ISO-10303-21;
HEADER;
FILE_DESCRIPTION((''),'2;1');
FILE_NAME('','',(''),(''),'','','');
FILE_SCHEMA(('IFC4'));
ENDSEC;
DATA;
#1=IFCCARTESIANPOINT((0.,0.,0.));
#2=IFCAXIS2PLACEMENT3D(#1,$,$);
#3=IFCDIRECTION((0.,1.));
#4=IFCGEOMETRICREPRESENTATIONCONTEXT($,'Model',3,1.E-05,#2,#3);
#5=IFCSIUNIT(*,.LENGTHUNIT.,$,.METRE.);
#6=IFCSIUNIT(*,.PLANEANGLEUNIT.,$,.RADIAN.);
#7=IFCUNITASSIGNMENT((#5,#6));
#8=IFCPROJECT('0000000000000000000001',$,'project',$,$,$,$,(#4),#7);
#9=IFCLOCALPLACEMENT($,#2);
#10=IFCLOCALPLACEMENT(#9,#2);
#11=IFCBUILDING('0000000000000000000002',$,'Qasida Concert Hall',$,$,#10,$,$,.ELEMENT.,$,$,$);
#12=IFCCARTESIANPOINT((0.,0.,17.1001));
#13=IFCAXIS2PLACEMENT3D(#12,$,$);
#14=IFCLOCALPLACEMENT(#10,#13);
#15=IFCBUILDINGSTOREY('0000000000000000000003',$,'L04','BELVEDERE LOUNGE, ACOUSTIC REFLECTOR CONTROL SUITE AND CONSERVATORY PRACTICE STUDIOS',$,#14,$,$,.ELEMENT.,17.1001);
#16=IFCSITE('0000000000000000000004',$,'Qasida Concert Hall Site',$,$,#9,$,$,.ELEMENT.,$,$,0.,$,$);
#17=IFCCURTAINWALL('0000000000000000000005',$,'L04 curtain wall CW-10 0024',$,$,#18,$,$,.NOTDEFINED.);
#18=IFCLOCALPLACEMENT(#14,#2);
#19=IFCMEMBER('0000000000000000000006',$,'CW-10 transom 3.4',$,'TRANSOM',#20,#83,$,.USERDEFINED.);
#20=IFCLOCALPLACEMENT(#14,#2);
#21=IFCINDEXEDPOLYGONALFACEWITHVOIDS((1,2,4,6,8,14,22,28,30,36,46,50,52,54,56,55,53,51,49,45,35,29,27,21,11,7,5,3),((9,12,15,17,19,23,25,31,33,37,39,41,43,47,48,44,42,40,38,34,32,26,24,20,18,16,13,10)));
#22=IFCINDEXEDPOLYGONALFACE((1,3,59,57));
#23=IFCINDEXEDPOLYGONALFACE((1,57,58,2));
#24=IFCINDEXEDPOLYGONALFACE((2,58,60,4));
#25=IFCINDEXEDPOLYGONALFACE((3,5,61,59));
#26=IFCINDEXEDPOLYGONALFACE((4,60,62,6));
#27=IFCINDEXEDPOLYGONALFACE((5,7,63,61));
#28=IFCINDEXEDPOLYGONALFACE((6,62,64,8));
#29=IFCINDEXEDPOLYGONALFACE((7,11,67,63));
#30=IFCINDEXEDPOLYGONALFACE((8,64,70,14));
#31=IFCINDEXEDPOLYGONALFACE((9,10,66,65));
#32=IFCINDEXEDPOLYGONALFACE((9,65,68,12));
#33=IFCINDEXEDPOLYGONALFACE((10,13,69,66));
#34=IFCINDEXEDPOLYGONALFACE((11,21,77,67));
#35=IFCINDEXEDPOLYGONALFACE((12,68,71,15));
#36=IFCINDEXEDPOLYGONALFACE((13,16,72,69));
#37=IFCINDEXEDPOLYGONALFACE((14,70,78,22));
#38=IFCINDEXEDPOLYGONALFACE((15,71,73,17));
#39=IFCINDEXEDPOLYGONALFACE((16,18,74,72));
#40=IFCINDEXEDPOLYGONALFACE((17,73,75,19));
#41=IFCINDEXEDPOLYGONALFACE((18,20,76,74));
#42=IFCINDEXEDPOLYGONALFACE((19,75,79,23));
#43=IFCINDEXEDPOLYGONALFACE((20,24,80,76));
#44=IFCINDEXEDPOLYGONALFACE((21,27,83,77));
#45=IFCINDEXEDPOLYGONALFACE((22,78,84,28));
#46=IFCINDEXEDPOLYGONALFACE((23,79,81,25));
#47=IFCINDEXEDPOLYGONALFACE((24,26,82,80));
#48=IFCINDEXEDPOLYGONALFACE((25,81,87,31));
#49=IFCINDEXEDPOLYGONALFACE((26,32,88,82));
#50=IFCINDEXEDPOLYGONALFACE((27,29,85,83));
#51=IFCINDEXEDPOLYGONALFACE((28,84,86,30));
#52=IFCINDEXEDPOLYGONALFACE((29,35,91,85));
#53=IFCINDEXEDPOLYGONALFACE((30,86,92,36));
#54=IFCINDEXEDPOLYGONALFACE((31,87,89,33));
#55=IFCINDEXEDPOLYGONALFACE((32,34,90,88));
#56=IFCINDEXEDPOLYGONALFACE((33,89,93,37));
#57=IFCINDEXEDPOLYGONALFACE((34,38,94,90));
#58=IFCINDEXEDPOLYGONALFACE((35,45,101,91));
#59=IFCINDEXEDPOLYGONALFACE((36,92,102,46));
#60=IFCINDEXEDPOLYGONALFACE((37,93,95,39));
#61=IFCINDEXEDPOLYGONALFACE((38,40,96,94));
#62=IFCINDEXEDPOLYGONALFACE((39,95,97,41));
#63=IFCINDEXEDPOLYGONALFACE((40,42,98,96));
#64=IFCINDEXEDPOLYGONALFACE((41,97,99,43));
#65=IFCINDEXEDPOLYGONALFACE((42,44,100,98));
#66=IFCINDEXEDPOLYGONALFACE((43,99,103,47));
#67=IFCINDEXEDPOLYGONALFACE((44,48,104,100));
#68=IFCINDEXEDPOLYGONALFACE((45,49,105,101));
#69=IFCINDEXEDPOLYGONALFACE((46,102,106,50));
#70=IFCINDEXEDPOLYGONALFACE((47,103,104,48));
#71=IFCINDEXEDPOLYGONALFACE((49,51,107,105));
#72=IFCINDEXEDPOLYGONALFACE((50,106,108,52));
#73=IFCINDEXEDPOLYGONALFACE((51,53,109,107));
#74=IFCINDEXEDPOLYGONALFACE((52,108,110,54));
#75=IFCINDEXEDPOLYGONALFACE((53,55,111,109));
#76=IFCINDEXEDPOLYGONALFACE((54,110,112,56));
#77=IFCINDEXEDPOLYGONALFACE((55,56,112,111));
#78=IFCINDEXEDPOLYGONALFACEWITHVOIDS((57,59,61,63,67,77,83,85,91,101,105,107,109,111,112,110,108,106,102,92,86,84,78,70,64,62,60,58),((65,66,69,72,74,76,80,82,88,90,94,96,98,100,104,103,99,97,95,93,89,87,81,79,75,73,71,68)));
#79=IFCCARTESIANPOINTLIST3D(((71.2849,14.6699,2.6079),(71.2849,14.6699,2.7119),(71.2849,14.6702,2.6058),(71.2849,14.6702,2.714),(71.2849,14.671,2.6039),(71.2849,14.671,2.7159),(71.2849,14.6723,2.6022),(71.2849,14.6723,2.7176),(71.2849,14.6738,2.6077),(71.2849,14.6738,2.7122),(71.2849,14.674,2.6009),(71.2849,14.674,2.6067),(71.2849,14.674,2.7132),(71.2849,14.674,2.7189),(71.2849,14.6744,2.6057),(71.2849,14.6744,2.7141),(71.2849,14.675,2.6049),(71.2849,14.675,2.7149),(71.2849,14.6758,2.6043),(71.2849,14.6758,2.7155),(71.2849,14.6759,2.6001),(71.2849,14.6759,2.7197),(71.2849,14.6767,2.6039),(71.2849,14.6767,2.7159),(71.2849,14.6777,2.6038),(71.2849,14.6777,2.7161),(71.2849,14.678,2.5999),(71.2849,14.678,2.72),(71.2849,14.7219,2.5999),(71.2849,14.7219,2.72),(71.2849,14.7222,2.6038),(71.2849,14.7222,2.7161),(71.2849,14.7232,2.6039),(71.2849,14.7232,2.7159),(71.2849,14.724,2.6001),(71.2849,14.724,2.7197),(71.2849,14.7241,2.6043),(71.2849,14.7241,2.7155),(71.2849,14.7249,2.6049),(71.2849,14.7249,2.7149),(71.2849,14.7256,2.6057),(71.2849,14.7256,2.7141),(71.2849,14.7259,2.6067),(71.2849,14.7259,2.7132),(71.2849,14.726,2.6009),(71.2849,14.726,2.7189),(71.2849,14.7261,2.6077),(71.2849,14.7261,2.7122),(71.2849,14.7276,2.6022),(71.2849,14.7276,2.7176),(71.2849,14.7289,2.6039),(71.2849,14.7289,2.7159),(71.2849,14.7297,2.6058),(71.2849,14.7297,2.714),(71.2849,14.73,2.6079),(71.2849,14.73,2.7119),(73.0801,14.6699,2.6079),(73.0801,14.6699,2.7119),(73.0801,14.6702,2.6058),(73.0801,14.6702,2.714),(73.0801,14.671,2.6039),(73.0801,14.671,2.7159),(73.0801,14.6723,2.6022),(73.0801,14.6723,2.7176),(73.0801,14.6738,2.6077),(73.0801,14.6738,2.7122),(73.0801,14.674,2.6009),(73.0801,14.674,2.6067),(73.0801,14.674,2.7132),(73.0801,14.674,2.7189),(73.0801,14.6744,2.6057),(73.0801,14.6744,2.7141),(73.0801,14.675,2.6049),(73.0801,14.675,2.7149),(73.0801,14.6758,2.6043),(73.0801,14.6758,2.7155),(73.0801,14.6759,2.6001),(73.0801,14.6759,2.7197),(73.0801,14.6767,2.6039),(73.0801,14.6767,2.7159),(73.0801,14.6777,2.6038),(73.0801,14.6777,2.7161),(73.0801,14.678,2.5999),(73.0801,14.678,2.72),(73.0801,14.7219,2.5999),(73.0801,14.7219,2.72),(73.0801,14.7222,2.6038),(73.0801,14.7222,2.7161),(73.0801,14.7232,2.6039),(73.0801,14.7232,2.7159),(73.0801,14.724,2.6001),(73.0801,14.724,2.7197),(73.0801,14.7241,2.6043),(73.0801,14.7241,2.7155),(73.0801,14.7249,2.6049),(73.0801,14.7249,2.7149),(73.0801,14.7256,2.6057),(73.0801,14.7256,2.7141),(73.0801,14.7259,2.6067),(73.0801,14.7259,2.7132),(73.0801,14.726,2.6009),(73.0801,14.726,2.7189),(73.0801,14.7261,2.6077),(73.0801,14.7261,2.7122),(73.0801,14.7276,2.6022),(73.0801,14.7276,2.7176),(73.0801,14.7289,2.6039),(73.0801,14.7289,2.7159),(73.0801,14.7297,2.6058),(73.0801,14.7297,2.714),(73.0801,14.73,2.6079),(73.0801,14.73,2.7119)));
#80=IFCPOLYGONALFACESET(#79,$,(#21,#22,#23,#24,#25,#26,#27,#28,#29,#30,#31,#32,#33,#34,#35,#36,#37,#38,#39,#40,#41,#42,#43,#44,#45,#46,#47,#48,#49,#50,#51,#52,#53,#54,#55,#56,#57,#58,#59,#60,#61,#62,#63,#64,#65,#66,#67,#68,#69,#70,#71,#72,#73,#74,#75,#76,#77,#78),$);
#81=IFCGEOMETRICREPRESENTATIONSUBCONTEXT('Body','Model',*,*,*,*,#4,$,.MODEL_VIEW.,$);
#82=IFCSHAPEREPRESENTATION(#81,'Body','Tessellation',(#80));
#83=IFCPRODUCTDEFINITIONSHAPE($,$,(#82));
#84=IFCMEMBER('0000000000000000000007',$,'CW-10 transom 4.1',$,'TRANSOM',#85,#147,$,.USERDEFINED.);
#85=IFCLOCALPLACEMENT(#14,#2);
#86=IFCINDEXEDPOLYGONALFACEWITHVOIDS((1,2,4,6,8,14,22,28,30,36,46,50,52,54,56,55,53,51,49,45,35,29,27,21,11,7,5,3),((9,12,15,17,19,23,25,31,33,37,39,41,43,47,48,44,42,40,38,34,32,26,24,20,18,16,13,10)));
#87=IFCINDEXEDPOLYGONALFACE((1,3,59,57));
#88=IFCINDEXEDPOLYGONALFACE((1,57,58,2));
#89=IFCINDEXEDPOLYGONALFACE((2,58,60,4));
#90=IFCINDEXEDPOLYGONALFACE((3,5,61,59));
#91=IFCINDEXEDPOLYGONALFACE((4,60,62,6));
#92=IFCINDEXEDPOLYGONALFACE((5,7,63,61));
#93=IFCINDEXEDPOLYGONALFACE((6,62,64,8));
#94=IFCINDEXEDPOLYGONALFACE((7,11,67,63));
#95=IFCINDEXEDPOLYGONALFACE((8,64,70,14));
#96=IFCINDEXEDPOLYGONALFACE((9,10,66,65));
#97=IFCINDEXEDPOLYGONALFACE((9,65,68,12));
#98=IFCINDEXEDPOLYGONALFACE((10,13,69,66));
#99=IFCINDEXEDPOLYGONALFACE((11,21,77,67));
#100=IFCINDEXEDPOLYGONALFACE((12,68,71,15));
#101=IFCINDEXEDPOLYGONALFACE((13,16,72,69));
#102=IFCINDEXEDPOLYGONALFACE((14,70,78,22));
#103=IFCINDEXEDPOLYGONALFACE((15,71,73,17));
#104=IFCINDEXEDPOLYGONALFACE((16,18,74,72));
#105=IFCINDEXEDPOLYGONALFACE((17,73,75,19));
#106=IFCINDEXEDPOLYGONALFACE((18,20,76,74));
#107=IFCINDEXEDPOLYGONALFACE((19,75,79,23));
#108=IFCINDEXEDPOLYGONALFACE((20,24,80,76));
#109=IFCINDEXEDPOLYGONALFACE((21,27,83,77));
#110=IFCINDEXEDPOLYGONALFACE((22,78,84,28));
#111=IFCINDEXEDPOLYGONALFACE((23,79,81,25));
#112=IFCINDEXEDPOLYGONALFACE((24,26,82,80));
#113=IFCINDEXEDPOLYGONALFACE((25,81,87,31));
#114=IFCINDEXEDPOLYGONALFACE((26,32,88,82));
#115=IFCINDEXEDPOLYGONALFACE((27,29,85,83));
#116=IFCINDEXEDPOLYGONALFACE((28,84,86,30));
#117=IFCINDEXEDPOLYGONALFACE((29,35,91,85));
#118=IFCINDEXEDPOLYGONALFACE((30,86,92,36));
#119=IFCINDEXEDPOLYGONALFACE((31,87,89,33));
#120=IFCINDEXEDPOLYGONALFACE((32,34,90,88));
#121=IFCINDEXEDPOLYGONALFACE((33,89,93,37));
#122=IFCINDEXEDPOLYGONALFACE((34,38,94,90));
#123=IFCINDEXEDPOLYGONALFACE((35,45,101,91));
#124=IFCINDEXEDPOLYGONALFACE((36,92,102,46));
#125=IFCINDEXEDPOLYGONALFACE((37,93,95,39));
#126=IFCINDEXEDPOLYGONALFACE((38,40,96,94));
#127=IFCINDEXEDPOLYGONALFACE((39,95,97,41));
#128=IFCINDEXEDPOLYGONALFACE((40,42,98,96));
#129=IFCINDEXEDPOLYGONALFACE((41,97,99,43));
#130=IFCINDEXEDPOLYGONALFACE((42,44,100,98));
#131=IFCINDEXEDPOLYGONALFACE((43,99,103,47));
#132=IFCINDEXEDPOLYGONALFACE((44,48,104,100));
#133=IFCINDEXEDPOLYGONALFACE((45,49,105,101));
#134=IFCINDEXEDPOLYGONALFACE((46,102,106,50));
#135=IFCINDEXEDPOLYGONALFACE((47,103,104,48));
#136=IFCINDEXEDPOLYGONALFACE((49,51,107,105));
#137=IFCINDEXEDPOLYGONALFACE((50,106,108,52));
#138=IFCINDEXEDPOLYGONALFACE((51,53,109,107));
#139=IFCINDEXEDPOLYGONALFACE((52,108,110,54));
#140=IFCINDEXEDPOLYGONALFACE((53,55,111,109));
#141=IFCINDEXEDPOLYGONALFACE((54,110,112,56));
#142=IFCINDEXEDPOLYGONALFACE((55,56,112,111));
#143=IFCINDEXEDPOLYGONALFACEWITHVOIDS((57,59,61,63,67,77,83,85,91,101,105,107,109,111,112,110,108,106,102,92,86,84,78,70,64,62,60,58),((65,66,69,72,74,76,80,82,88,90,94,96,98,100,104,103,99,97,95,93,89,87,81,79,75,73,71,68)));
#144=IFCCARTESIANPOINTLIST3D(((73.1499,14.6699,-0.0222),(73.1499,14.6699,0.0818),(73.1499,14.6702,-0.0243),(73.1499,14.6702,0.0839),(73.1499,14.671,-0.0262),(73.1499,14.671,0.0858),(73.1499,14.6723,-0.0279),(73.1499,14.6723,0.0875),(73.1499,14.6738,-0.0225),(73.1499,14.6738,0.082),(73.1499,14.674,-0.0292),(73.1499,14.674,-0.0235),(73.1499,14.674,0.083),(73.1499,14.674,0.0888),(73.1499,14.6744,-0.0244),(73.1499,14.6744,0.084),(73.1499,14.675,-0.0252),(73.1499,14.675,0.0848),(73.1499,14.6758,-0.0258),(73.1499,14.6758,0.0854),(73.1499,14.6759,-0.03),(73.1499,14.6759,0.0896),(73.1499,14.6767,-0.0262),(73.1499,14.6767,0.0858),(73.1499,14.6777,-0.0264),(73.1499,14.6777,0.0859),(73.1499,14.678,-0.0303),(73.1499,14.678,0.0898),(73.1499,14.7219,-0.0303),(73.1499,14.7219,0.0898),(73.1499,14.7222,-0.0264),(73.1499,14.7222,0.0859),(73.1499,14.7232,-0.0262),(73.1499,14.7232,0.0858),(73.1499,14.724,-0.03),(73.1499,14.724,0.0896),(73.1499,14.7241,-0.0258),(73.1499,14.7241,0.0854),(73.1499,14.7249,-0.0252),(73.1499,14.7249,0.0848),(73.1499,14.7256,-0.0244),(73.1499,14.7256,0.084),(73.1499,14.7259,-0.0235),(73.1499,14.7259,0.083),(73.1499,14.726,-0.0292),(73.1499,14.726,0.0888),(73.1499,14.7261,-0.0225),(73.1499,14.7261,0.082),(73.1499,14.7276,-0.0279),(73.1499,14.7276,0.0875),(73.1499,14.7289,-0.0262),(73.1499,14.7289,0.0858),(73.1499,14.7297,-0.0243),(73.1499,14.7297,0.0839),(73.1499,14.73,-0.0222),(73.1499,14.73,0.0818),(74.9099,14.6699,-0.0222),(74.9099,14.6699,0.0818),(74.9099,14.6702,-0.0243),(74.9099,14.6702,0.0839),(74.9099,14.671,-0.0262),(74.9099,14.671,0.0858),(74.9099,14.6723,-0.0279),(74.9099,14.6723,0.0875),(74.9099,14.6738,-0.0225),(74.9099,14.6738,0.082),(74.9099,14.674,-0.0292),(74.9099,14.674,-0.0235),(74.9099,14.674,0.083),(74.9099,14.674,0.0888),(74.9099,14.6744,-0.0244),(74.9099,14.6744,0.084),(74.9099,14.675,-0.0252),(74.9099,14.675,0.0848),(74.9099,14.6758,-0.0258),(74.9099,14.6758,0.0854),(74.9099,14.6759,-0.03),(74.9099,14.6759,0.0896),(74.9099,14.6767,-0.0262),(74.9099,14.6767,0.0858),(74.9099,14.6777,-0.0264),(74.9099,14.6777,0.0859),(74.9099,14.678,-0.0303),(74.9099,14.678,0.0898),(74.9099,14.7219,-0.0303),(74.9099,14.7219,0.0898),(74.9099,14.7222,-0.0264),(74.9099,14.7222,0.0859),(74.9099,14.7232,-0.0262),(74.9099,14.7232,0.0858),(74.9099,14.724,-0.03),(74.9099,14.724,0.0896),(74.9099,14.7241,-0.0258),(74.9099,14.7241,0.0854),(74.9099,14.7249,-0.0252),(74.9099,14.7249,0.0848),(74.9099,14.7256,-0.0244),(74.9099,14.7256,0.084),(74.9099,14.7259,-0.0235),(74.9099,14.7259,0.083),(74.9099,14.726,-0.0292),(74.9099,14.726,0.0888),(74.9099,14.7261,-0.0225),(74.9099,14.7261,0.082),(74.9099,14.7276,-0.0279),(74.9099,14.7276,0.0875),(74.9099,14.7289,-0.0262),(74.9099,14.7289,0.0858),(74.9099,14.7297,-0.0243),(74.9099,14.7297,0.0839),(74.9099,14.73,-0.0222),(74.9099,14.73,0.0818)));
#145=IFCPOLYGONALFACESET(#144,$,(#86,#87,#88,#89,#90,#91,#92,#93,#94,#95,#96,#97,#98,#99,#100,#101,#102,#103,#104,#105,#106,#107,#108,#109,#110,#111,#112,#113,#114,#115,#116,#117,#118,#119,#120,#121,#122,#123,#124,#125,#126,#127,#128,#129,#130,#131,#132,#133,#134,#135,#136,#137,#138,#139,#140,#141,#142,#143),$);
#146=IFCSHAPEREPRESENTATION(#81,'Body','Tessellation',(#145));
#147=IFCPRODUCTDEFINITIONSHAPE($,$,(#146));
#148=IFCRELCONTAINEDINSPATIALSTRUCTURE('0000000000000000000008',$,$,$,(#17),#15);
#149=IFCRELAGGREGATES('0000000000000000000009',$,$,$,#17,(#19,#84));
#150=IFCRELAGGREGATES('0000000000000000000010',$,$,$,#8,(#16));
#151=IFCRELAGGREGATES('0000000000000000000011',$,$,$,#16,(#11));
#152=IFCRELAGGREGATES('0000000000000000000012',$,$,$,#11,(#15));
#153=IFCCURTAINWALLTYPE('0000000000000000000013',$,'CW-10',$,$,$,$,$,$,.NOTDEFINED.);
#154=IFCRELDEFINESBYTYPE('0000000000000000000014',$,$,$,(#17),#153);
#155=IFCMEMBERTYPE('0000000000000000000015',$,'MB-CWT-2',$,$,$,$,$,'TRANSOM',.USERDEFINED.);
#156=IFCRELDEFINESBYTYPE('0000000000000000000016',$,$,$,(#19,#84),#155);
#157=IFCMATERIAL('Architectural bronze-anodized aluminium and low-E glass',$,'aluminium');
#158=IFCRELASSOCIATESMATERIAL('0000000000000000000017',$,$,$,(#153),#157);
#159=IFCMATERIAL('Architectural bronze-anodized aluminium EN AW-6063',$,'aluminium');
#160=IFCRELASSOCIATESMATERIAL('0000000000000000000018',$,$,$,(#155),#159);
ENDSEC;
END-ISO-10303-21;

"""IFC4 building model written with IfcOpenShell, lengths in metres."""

from ifc_helpers import new_model, si_unit, direction, frame, origin, origin_2d, place, context, subcontext, project, spatial, hollow_rectangle, extrude, material, material_profile, profile_set, type_object, element, aggregate, save


model = new_model("IFC4")

# Units and contexts
model_context = context("Model", 3, precision=1e-05, world=origin(), true_north=direction((0.0, 1.0)))
body_context = subcontext(model_context, "Body", "Model", "MODEL_VIEW")
ifc_project = project(units=[si_unit("LENGTHUNIT", "METRE"), si_unit("PLANEANGLEUNIT", "RADIAN")], contexts=[model_context])

# Site, building, storey
site_placement = place(None, origin())
site = spatial("IfcSite", under=ifc_project, at=site_placement, Name="Qasida Concert Hall Site", CompositionType="ELEMENT", RefElevation=0.0)
building_placement = place(site_placement, origin())
building = spatial("IfcBuilding", under=site, at=building_placement, Name="Qasida Concert Hall", CompositionType="ELEMENT")
storey_placement = place(building_placement, frame((0.0, 0.0, 17.1001)))
storey = spatial("IfcBuildingStorey", under=building, at=storey_placement, Name="L04", Description="BELVEDERE LOUNGE, ACOUSTIC REFLECTOR CONTROL SUITE AND CONSERVATORY PRACTICE STUDIOS", CompositionType="ELEMENT", Elevation=17.1001)

# Curtain wall
ifc_material_1 = material(Name="Architectural bronze-anodized aluminium and low-E glass", Category="aluminium")
curtain_wall_type = type_object("IfcCurtainWallType", Name="CW-10", PredefinedType="NOTDEFINED", material=ifc_material_1)
curtain_wall_1_placement = place(storey_placement, origin())
curtain_wall_1 = element("IfcCurtainWall", 1, at=curtain_wall_1_placement, inside=storey, type_object=curtain_wall_type, Name="L04 curtain wall CW-10 0024", PredefinedType="NOTDEFINED")
ifc_material_2 = material(Name="Architectural bronze-anodized aluminium EN AW-6063", Category="aluminium")

# Members
ifc_material_profile_1 = material_profile(ifc_material_2, hollow_rectangle(XDim=0.0601, YDim=0.1201, WallThickness=0.0039, InnerFilletRadius=0.0039, OuterFilletRadius=0.0081, at=origin_2d()), Name="CWT 120x60x4")
ifc_profile_set_1 = profile_set([ifc_material_profile_1], Name="Architectural bronze-anodized aluminium EN AW-6063")
member_type_1 = type_object("IfcMemberType", Name="MB-CWT-2", ElementType="TRANSOM", PredefinedType="USERDEFINED", material=ifc_profile_set_1)
member_1_placement = place(storey_placement, frame((71.2849, 14.7, 2.6599), z_axis=(1.0, 0.0, 0.0), x_axis=(0.0, 1.0, 0.0)))
member_1 = element("IfcMember", 2, at=member_1_placement, type_object=member_type_1, Name="CW-10 transom 3.4", ObjectType="TRANSOM", PredefinedType="USERDEFINED", context=body_context, shape_type="SweptSolid", body=[
    extrude(hollow_rectangle(XDim=0.0601, YDim=0.1201, WallThickness=0.0039, InnerFilletRadius=0.0039, OuterFilletRadius=0.0081, at=origin_2d()), origin(), (0.0, 0.0, 1.0), 1.7952),
])
member_2_placement = place(storey_placement, frame((73.1499, 14.7, 0.0298), z_axis=(1.0, 0.0, 0.0), x_axis=(0.0, 1.0, 0.0)))
member_2 = element("IfcMember", 3, at=member_2_placement, type_object=member_type_1, Name="CW-10 transom 4.1", ObjectType="TRANSOM", PredefinedType="USERDEFINED", context=body_context, shape_type="SweptSolid", body=[
    extrude(hollow_rectangle(XDim=0.0601, YDim=0.1201, WallThickness=0.0039, InnerFilletRadius=0.0039, OuterFilletRadius=0.0081, at=origin_2d()), origin(), (0.0, 0.0, 1.0), 1.76),
])

aggregate(curtain_wall_1, [member_1, member_2])

save(model, "model.ifc")
